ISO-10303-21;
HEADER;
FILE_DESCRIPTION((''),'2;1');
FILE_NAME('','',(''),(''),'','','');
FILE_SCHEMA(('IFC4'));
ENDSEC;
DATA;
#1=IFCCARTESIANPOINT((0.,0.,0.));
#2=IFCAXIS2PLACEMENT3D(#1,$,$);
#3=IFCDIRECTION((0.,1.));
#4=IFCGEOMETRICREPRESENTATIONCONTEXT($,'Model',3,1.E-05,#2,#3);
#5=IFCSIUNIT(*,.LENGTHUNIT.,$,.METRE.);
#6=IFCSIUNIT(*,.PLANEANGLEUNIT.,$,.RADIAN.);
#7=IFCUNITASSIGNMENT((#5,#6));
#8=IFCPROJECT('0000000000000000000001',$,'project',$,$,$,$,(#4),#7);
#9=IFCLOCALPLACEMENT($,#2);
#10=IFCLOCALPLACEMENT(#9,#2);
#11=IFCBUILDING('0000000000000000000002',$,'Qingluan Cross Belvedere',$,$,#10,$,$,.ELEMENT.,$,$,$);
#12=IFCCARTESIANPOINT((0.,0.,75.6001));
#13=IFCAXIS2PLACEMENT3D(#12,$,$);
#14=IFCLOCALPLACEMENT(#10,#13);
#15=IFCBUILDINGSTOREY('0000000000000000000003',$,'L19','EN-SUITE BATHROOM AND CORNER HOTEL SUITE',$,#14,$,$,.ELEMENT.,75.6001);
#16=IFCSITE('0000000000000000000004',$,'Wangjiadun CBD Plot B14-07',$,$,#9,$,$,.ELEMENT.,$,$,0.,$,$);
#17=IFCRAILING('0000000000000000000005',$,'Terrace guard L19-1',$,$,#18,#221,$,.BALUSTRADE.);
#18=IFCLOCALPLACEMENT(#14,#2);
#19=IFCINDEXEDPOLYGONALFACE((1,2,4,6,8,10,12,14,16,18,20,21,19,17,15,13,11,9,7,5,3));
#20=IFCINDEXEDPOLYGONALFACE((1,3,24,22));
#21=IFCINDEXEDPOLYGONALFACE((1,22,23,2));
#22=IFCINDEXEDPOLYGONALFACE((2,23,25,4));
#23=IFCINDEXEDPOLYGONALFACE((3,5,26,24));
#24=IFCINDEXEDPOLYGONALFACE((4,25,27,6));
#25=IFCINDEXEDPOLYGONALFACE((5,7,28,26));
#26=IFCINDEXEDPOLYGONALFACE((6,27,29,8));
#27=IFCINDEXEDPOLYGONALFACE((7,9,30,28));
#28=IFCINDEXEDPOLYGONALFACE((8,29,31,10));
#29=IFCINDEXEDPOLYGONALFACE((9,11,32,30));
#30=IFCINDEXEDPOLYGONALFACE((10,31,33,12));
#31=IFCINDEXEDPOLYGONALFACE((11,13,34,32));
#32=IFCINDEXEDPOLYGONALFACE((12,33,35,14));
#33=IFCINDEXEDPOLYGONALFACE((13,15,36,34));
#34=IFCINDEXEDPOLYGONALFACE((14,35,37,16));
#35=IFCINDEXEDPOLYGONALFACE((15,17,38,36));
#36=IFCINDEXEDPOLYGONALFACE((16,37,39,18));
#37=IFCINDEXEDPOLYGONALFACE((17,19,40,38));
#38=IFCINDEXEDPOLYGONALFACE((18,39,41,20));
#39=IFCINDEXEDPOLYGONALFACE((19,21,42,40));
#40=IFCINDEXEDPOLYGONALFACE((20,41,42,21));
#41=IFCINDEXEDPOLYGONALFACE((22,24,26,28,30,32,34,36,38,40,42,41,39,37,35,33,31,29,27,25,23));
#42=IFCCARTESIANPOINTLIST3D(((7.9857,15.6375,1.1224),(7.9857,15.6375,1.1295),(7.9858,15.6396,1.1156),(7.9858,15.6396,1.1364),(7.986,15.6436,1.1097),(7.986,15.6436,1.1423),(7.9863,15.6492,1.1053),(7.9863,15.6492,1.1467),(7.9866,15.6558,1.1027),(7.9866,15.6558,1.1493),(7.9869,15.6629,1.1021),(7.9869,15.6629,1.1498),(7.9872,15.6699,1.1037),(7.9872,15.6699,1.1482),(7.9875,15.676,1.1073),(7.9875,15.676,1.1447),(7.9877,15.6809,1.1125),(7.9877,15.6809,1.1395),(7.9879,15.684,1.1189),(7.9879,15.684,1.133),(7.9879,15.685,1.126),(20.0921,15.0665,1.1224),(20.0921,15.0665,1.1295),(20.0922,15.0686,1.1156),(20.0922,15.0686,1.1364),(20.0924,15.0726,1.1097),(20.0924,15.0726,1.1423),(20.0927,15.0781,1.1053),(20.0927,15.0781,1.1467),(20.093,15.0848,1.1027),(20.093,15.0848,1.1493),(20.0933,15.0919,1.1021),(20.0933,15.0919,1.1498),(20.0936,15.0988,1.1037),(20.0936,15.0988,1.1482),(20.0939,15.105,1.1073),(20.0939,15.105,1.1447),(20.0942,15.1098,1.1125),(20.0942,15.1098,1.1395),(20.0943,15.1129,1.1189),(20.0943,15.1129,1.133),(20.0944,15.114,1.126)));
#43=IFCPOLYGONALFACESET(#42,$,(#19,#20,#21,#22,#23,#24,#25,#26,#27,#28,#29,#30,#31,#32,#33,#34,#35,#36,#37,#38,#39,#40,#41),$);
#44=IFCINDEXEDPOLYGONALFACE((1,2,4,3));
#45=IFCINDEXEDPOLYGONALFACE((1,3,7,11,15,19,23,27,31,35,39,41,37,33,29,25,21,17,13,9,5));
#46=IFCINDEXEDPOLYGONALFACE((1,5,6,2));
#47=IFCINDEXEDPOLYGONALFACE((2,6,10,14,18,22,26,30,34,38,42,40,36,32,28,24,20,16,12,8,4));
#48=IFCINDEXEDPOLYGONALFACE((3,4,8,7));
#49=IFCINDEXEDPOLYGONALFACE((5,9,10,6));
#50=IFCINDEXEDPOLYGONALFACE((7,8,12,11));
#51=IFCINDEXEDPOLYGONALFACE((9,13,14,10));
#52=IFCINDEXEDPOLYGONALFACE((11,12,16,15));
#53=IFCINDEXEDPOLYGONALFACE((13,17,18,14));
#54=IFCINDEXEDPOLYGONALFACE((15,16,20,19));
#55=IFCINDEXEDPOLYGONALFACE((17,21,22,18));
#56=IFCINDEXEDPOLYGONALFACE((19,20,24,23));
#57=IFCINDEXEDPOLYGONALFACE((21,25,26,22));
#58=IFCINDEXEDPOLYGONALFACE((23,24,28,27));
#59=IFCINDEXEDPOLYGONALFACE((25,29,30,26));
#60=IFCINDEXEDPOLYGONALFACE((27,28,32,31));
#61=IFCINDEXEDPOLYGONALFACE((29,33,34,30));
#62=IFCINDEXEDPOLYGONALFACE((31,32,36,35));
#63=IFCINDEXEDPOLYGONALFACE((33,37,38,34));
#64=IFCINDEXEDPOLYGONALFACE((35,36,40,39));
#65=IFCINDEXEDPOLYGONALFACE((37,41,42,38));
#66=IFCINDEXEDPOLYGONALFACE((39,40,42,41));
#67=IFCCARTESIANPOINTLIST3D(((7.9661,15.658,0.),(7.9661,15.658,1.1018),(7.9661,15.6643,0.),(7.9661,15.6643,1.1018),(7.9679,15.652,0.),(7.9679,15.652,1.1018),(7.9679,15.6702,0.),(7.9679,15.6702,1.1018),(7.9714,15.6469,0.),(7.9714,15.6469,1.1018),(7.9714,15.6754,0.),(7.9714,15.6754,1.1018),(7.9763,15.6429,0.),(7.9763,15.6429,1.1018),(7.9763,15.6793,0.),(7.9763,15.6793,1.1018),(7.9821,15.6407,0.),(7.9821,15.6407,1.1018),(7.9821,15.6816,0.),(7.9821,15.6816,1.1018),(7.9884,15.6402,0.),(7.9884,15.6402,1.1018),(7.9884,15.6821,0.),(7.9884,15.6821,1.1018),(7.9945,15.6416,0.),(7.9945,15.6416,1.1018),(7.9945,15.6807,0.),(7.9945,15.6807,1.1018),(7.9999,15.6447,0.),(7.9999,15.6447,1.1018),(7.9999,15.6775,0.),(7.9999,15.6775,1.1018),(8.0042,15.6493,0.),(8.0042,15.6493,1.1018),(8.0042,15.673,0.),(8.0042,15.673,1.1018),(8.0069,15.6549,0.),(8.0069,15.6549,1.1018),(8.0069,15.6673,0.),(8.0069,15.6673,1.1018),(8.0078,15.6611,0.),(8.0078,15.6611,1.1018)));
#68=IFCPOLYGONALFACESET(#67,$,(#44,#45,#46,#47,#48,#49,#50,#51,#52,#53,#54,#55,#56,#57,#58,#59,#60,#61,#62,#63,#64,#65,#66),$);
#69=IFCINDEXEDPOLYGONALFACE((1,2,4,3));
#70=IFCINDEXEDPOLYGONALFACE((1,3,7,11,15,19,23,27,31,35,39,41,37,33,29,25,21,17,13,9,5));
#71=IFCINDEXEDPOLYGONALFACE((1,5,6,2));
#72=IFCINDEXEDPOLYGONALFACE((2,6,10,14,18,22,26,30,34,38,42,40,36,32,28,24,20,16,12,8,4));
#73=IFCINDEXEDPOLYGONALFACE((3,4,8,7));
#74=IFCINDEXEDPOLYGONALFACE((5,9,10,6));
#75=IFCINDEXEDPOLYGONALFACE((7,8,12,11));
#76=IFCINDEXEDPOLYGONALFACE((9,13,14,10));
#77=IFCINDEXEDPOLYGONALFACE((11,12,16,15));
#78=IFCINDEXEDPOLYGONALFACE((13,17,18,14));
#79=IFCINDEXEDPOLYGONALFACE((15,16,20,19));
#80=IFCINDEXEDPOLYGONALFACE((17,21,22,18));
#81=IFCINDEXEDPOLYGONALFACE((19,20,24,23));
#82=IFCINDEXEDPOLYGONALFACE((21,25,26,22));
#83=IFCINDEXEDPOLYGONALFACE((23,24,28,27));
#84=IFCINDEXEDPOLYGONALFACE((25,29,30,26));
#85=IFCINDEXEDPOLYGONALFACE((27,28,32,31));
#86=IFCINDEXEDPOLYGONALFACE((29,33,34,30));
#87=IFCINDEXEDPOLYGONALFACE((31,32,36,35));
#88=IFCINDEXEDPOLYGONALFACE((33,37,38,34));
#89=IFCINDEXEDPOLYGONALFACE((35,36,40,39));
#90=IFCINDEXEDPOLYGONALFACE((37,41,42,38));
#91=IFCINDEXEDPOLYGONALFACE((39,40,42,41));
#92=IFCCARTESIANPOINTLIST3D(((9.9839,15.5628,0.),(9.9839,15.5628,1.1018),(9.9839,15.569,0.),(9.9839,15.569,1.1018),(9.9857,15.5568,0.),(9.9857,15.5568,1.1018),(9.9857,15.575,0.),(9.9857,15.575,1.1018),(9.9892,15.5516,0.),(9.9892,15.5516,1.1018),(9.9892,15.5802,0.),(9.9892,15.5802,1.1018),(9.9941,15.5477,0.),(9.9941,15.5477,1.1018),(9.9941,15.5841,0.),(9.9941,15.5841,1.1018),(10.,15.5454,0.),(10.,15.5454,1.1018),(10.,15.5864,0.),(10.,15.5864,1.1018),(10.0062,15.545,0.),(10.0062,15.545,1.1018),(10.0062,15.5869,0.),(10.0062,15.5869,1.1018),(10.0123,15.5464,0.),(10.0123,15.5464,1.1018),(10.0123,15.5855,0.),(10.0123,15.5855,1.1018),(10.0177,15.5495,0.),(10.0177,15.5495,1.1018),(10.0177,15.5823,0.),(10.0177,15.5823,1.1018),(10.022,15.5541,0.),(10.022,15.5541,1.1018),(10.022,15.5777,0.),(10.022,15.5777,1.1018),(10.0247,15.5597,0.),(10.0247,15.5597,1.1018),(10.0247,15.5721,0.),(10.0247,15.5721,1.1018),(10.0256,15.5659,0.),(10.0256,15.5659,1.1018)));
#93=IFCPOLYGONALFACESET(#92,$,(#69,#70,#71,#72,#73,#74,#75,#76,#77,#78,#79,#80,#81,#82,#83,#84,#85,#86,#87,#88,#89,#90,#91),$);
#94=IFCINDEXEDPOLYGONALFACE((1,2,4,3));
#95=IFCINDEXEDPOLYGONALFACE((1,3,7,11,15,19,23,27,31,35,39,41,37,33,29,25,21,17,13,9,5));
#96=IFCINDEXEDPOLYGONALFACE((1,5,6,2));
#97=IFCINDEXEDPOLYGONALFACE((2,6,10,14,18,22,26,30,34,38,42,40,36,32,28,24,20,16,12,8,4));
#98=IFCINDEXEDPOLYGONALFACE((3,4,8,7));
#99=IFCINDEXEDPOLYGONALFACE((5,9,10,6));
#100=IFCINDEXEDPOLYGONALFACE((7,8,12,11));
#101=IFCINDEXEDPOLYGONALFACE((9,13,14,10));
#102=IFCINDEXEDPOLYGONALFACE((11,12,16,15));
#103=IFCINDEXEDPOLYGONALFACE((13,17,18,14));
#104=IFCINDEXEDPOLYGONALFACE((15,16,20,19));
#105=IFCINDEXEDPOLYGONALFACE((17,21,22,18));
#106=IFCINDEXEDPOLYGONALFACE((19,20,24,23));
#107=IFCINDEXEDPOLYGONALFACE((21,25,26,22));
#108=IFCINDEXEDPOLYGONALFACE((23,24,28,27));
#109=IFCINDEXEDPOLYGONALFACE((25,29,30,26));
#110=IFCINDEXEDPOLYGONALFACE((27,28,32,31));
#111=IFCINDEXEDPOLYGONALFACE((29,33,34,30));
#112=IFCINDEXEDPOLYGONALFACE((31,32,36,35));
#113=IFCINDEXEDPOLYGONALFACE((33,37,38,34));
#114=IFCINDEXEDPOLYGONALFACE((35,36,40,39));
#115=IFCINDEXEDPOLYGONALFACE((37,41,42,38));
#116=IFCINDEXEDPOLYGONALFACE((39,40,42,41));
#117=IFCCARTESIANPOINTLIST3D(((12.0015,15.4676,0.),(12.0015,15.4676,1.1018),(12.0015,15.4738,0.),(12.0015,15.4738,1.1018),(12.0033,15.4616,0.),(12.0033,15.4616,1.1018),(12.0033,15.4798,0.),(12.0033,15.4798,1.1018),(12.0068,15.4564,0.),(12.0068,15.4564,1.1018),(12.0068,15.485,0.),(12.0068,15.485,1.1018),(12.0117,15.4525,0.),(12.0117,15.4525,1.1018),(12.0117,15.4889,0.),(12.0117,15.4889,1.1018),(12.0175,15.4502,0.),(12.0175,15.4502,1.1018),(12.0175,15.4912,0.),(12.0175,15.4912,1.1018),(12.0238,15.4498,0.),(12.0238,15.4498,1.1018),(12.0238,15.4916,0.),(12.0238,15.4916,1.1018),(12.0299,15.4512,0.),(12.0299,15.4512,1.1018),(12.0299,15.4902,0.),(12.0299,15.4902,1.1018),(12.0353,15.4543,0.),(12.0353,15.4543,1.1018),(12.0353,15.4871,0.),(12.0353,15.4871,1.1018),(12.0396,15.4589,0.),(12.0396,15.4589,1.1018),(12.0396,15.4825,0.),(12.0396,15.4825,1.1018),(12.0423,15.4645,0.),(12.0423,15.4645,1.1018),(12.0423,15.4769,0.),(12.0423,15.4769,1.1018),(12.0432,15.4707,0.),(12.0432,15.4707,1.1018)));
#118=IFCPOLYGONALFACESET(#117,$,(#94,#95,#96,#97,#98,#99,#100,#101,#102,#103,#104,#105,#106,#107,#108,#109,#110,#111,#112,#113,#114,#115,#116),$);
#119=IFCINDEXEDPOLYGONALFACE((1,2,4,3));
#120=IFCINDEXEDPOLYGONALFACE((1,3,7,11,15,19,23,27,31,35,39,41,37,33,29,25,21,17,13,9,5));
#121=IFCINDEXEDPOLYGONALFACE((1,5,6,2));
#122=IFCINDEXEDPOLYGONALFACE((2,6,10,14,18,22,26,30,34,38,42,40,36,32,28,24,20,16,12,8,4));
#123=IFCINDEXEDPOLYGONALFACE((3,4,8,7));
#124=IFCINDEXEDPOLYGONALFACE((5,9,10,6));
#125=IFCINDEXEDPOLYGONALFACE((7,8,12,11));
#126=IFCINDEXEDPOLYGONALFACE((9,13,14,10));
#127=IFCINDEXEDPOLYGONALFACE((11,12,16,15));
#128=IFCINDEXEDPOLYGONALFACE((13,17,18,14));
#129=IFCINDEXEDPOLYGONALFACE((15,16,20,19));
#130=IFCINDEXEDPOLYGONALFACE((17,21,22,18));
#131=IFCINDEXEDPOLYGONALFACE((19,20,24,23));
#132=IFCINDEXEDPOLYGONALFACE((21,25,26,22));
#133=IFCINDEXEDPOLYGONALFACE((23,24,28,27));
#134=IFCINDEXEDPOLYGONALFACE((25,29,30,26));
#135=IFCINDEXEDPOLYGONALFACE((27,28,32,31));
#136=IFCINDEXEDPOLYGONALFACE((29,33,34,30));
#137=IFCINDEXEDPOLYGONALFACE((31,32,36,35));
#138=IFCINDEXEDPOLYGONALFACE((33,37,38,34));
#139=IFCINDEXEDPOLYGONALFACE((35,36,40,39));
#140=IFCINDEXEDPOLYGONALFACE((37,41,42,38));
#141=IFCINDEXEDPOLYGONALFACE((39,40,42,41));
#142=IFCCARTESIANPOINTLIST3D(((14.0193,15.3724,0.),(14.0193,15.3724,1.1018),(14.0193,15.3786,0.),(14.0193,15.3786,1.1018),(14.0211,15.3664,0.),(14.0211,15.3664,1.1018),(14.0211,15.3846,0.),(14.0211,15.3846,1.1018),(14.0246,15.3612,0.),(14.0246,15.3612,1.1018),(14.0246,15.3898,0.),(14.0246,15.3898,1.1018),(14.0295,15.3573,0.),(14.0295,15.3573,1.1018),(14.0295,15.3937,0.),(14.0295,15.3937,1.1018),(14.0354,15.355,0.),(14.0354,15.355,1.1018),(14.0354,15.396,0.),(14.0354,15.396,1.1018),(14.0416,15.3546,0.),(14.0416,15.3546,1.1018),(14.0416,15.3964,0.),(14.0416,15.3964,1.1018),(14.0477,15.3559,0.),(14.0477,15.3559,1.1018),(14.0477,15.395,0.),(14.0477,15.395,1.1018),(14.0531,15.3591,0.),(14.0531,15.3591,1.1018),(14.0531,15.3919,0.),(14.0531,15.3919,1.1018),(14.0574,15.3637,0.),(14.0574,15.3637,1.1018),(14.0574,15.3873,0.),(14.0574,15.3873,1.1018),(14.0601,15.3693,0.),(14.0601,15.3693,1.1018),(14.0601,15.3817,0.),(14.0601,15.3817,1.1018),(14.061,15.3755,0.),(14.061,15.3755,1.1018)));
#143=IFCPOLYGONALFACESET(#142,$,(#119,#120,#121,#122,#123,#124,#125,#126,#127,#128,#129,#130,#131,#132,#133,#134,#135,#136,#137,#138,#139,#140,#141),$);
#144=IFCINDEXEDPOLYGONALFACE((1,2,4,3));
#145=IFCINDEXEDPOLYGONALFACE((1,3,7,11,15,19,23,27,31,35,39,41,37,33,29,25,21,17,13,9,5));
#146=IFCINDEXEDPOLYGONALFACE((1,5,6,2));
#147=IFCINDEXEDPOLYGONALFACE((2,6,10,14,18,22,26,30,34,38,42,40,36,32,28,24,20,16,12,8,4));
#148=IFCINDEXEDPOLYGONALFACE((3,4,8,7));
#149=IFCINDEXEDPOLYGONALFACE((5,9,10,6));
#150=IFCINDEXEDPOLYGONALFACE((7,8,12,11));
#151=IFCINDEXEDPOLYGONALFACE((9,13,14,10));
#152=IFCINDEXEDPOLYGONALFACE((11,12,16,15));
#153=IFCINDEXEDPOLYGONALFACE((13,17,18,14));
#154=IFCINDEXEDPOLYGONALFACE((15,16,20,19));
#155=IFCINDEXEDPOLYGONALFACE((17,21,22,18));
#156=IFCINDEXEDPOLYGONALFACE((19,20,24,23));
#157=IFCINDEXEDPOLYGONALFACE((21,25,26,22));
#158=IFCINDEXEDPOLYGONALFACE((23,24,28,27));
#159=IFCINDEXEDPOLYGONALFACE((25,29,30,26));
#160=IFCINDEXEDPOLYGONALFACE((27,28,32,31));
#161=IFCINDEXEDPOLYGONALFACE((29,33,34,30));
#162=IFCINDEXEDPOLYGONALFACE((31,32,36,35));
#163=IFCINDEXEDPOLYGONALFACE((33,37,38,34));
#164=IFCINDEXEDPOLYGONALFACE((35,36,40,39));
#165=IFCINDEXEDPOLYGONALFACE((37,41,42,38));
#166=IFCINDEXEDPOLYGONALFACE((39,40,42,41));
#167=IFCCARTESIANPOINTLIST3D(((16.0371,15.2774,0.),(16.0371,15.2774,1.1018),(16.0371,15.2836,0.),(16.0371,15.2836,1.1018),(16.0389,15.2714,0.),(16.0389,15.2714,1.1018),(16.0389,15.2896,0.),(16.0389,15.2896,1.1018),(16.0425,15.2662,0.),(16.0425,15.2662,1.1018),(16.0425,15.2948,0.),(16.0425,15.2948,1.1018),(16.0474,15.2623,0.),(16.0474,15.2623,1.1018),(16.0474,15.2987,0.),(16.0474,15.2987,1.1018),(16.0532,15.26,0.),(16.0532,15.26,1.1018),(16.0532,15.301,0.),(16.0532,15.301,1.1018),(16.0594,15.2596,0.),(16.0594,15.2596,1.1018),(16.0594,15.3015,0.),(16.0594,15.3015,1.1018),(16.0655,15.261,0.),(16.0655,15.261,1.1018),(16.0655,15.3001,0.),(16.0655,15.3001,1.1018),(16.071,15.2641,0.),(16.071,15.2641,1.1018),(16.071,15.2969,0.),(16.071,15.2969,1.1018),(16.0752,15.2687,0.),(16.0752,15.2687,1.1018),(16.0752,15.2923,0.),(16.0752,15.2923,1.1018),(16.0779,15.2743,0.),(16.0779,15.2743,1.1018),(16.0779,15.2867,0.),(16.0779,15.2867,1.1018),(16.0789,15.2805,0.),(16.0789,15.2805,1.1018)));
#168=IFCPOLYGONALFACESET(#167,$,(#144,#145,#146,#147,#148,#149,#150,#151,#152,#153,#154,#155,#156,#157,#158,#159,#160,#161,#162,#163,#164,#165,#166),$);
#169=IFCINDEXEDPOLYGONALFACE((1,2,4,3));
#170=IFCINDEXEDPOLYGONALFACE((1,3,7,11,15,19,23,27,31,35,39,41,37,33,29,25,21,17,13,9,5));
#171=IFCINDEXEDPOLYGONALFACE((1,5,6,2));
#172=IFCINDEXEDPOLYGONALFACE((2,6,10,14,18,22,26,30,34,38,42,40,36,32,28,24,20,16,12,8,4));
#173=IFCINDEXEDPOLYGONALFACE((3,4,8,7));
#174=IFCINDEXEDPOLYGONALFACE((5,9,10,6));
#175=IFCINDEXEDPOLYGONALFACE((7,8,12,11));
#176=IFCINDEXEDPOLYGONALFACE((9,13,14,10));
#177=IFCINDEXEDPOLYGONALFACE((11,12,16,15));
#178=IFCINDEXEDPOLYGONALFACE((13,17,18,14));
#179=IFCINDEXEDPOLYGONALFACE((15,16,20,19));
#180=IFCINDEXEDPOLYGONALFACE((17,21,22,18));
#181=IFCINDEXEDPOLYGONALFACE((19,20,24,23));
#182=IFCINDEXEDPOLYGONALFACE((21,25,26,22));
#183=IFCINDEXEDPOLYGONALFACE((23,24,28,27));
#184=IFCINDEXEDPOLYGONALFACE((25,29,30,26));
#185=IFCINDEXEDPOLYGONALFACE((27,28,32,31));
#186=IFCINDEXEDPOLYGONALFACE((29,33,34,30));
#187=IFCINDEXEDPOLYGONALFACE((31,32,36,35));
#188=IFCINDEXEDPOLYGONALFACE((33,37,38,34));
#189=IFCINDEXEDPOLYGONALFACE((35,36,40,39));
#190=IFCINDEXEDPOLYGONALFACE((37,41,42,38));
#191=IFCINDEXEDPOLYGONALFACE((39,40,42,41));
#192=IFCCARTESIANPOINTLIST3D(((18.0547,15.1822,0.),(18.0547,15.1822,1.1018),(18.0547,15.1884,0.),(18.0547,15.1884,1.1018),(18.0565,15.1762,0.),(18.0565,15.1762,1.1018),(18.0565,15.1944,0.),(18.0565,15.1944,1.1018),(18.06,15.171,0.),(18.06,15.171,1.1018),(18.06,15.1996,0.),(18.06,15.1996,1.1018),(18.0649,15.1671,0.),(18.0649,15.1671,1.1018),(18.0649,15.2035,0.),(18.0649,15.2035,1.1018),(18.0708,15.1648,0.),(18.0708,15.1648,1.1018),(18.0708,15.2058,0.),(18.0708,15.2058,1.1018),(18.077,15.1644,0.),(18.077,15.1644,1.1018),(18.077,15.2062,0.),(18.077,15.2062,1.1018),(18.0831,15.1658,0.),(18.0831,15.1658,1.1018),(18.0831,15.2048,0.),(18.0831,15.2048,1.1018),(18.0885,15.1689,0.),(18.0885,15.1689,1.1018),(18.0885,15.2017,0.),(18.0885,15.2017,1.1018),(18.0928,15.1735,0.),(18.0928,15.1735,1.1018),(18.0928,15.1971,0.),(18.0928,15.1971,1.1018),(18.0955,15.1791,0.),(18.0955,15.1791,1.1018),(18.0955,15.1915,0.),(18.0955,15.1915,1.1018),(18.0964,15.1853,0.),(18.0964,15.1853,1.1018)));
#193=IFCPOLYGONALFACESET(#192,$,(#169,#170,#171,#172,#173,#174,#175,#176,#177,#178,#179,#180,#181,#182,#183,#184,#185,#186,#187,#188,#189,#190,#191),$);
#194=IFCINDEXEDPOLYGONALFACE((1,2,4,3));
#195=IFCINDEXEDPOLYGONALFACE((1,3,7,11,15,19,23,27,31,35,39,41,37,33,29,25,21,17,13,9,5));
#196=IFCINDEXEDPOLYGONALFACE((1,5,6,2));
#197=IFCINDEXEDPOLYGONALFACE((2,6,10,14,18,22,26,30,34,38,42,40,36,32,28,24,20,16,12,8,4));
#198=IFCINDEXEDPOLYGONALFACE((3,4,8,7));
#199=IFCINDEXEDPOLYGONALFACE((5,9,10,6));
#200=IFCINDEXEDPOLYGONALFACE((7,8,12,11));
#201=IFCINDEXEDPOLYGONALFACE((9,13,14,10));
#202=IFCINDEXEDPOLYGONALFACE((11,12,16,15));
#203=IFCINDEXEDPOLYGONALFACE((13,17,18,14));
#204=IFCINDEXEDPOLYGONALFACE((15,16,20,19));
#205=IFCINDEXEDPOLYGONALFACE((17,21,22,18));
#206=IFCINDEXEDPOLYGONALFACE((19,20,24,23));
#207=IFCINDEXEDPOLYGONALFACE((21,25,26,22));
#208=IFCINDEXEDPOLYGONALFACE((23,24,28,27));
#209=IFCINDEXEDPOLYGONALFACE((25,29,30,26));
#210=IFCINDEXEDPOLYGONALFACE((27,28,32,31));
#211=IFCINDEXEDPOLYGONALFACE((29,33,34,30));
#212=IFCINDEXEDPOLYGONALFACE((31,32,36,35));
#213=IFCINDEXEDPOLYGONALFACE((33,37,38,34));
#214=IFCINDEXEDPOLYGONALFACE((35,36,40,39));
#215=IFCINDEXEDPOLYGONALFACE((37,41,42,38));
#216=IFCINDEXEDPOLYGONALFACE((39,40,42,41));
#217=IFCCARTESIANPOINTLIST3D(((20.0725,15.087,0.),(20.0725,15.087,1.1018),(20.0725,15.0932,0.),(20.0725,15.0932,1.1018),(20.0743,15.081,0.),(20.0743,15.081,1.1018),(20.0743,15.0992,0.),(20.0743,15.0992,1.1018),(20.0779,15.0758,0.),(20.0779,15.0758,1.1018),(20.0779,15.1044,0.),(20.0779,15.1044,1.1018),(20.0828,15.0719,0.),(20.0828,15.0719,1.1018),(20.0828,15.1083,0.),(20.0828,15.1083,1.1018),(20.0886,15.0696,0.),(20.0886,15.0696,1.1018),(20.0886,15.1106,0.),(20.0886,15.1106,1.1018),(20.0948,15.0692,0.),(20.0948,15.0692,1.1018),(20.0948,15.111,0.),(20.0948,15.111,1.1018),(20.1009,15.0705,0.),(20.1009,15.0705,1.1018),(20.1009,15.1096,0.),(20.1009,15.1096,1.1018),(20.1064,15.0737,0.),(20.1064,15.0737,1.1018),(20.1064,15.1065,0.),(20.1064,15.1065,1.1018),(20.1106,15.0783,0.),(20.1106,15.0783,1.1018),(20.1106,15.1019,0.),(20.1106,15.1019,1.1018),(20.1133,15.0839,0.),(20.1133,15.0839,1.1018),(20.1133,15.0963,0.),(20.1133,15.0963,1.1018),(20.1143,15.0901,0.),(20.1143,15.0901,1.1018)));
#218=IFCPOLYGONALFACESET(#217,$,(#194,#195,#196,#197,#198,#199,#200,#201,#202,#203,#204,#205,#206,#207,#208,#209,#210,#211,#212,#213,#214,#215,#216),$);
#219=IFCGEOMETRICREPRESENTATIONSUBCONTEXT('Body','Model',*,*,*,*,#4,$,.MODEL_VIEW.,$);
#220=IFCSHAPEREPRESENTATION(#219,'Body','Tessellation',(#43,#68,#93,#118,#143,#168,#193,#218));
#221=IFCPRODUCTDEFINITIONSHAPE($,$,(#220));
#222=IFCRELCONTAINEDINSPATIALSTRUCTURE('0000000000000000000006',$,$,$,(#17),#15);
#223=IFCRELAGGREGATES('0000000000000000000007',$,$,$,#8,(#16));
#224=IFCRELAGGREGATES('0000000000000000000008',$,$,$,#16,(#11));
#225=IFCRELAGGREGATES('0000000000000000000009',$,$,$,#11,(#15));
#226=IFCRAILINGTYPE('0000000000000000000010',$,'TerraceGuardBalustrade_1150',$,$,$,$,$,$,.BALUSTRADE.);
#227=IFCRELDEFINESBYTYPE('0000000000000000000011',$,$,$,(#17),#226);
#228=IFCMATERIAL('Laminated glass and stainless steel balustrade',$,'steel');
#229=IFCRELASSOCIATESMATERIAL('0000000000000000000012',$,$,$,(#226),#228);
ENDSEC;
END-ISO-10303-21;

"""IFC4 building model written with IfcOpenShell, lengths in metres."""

from ifc_helpers import new_model, si_unit, direction, frame, origin, origin_2d, place, context, subcontext, project, spatial, circle, extrude, material, type_object, element, save


model = new_model("IFC4")

# Units and contexts
model_context = context("Model", 3, precision=1e-05, world=origin(), true_north=direction((0.0, 1.0)))
body_context = subcontext(model_context, "Body", "Model", "MODEL_VIEW")
ifc_project = project(units=[si_unit("LENGTHUNIT", "METRE"), si_unit("PLANEANGLEUNIT", "RADIAN")], contexts=[model_context])

# Site, building, storey
site_placement = place(None, origin())
site = spatial("IfcSite", under=ifc_project, at=site_placement, Name="Wangjiadun CBD Plot B14-07", CompositionType="ELEMENT", RefElevation=0.0)
building_placement = place(site_placement, origin())
building = spatial("IfcBuilding", under=site, at=building_placement, Name="Qingluan Cross Belvedere", CompositionType="ELEMENT")
storey_placement = place(building_placement, frame((0.0, 0.0, 75.6001)))
storey = spatial("IfcBuildingStorey", under=building, at=storey_placement, Name="L19", Description="EN-SUITE BATHROOM AND CORNER HOTEL SUITE", CompositionType="ELEMENT", Elevation=75.6001)

# Railing
ifc_material_1 = material(Name="Laminated glass and stainless steel balustrade", Category="steel")
railing_type = type_object("IfcRailingType", Name="TerraceGuardBalustrade_1150", PredefinedType="BALUSTRADE", material=ifc_material_1)
railing_1_placement = place(storey_placement, frame((7.9868, 15.6611, 0.0)))
element("IfcRailing", 1, at=railing_1_placement, inside=storey, type_object=railing_type, Name="Terrace guard L19-1", PredefinedType="BALUSTRADE", context=body_context, shape_type="SweptSolid", body=[
    extrude(circle(Radius=0.0239, at=origin_2d()), frame((0.0, 0.0, 1.126), z_axis=(0.998889, -0.047116, 0.0), x_axis=(0.047116, 0.998889, 0.0)), (0.0, 0.0, 1.0), 12.1199),
    extrude(circle(Radius=0.021, at=origin_2d()), origin(), (0.0, 0.0, 1.0), 1.1018),
    extrude(circle(Radius=0.021, at=origin_2d()), frame((2.0178, -0.0952, 0.0)), (0.0, 0.0, 1.0), 1.1018),
    extrude(circle(Radius=0.021, at=origin_2d()), frame((4.0354, -0.1904, 0.0)), (0.0, 0.0, 1.0), 1.1018),
    extrude(circle(Radius=0.021, at=origin_2d()), frame((6.0532, -0.2856, 0.0)), (0.0, 0.0, 1.0), 1.1018),
    extrude(circle(Radius=0.021, at=origin_2d()), frame((8.071, -0.3806, 0.0)), (0.0, 0.0, 1.0), 1.1018),
    extrude(circle(Radius=0.021, at=origin_2d()), frame((10.0886, -0.4758, 0.0)), (0.0, 0.0, 1.0), 1.1018),
    extrude(circle(Radius=0.021, at=origin_2d()), frame((12.1064, -0.571, 0.0)), (0.0, 0.0, 1.0), 1.1018),
])

save(model, "model.ifc")
